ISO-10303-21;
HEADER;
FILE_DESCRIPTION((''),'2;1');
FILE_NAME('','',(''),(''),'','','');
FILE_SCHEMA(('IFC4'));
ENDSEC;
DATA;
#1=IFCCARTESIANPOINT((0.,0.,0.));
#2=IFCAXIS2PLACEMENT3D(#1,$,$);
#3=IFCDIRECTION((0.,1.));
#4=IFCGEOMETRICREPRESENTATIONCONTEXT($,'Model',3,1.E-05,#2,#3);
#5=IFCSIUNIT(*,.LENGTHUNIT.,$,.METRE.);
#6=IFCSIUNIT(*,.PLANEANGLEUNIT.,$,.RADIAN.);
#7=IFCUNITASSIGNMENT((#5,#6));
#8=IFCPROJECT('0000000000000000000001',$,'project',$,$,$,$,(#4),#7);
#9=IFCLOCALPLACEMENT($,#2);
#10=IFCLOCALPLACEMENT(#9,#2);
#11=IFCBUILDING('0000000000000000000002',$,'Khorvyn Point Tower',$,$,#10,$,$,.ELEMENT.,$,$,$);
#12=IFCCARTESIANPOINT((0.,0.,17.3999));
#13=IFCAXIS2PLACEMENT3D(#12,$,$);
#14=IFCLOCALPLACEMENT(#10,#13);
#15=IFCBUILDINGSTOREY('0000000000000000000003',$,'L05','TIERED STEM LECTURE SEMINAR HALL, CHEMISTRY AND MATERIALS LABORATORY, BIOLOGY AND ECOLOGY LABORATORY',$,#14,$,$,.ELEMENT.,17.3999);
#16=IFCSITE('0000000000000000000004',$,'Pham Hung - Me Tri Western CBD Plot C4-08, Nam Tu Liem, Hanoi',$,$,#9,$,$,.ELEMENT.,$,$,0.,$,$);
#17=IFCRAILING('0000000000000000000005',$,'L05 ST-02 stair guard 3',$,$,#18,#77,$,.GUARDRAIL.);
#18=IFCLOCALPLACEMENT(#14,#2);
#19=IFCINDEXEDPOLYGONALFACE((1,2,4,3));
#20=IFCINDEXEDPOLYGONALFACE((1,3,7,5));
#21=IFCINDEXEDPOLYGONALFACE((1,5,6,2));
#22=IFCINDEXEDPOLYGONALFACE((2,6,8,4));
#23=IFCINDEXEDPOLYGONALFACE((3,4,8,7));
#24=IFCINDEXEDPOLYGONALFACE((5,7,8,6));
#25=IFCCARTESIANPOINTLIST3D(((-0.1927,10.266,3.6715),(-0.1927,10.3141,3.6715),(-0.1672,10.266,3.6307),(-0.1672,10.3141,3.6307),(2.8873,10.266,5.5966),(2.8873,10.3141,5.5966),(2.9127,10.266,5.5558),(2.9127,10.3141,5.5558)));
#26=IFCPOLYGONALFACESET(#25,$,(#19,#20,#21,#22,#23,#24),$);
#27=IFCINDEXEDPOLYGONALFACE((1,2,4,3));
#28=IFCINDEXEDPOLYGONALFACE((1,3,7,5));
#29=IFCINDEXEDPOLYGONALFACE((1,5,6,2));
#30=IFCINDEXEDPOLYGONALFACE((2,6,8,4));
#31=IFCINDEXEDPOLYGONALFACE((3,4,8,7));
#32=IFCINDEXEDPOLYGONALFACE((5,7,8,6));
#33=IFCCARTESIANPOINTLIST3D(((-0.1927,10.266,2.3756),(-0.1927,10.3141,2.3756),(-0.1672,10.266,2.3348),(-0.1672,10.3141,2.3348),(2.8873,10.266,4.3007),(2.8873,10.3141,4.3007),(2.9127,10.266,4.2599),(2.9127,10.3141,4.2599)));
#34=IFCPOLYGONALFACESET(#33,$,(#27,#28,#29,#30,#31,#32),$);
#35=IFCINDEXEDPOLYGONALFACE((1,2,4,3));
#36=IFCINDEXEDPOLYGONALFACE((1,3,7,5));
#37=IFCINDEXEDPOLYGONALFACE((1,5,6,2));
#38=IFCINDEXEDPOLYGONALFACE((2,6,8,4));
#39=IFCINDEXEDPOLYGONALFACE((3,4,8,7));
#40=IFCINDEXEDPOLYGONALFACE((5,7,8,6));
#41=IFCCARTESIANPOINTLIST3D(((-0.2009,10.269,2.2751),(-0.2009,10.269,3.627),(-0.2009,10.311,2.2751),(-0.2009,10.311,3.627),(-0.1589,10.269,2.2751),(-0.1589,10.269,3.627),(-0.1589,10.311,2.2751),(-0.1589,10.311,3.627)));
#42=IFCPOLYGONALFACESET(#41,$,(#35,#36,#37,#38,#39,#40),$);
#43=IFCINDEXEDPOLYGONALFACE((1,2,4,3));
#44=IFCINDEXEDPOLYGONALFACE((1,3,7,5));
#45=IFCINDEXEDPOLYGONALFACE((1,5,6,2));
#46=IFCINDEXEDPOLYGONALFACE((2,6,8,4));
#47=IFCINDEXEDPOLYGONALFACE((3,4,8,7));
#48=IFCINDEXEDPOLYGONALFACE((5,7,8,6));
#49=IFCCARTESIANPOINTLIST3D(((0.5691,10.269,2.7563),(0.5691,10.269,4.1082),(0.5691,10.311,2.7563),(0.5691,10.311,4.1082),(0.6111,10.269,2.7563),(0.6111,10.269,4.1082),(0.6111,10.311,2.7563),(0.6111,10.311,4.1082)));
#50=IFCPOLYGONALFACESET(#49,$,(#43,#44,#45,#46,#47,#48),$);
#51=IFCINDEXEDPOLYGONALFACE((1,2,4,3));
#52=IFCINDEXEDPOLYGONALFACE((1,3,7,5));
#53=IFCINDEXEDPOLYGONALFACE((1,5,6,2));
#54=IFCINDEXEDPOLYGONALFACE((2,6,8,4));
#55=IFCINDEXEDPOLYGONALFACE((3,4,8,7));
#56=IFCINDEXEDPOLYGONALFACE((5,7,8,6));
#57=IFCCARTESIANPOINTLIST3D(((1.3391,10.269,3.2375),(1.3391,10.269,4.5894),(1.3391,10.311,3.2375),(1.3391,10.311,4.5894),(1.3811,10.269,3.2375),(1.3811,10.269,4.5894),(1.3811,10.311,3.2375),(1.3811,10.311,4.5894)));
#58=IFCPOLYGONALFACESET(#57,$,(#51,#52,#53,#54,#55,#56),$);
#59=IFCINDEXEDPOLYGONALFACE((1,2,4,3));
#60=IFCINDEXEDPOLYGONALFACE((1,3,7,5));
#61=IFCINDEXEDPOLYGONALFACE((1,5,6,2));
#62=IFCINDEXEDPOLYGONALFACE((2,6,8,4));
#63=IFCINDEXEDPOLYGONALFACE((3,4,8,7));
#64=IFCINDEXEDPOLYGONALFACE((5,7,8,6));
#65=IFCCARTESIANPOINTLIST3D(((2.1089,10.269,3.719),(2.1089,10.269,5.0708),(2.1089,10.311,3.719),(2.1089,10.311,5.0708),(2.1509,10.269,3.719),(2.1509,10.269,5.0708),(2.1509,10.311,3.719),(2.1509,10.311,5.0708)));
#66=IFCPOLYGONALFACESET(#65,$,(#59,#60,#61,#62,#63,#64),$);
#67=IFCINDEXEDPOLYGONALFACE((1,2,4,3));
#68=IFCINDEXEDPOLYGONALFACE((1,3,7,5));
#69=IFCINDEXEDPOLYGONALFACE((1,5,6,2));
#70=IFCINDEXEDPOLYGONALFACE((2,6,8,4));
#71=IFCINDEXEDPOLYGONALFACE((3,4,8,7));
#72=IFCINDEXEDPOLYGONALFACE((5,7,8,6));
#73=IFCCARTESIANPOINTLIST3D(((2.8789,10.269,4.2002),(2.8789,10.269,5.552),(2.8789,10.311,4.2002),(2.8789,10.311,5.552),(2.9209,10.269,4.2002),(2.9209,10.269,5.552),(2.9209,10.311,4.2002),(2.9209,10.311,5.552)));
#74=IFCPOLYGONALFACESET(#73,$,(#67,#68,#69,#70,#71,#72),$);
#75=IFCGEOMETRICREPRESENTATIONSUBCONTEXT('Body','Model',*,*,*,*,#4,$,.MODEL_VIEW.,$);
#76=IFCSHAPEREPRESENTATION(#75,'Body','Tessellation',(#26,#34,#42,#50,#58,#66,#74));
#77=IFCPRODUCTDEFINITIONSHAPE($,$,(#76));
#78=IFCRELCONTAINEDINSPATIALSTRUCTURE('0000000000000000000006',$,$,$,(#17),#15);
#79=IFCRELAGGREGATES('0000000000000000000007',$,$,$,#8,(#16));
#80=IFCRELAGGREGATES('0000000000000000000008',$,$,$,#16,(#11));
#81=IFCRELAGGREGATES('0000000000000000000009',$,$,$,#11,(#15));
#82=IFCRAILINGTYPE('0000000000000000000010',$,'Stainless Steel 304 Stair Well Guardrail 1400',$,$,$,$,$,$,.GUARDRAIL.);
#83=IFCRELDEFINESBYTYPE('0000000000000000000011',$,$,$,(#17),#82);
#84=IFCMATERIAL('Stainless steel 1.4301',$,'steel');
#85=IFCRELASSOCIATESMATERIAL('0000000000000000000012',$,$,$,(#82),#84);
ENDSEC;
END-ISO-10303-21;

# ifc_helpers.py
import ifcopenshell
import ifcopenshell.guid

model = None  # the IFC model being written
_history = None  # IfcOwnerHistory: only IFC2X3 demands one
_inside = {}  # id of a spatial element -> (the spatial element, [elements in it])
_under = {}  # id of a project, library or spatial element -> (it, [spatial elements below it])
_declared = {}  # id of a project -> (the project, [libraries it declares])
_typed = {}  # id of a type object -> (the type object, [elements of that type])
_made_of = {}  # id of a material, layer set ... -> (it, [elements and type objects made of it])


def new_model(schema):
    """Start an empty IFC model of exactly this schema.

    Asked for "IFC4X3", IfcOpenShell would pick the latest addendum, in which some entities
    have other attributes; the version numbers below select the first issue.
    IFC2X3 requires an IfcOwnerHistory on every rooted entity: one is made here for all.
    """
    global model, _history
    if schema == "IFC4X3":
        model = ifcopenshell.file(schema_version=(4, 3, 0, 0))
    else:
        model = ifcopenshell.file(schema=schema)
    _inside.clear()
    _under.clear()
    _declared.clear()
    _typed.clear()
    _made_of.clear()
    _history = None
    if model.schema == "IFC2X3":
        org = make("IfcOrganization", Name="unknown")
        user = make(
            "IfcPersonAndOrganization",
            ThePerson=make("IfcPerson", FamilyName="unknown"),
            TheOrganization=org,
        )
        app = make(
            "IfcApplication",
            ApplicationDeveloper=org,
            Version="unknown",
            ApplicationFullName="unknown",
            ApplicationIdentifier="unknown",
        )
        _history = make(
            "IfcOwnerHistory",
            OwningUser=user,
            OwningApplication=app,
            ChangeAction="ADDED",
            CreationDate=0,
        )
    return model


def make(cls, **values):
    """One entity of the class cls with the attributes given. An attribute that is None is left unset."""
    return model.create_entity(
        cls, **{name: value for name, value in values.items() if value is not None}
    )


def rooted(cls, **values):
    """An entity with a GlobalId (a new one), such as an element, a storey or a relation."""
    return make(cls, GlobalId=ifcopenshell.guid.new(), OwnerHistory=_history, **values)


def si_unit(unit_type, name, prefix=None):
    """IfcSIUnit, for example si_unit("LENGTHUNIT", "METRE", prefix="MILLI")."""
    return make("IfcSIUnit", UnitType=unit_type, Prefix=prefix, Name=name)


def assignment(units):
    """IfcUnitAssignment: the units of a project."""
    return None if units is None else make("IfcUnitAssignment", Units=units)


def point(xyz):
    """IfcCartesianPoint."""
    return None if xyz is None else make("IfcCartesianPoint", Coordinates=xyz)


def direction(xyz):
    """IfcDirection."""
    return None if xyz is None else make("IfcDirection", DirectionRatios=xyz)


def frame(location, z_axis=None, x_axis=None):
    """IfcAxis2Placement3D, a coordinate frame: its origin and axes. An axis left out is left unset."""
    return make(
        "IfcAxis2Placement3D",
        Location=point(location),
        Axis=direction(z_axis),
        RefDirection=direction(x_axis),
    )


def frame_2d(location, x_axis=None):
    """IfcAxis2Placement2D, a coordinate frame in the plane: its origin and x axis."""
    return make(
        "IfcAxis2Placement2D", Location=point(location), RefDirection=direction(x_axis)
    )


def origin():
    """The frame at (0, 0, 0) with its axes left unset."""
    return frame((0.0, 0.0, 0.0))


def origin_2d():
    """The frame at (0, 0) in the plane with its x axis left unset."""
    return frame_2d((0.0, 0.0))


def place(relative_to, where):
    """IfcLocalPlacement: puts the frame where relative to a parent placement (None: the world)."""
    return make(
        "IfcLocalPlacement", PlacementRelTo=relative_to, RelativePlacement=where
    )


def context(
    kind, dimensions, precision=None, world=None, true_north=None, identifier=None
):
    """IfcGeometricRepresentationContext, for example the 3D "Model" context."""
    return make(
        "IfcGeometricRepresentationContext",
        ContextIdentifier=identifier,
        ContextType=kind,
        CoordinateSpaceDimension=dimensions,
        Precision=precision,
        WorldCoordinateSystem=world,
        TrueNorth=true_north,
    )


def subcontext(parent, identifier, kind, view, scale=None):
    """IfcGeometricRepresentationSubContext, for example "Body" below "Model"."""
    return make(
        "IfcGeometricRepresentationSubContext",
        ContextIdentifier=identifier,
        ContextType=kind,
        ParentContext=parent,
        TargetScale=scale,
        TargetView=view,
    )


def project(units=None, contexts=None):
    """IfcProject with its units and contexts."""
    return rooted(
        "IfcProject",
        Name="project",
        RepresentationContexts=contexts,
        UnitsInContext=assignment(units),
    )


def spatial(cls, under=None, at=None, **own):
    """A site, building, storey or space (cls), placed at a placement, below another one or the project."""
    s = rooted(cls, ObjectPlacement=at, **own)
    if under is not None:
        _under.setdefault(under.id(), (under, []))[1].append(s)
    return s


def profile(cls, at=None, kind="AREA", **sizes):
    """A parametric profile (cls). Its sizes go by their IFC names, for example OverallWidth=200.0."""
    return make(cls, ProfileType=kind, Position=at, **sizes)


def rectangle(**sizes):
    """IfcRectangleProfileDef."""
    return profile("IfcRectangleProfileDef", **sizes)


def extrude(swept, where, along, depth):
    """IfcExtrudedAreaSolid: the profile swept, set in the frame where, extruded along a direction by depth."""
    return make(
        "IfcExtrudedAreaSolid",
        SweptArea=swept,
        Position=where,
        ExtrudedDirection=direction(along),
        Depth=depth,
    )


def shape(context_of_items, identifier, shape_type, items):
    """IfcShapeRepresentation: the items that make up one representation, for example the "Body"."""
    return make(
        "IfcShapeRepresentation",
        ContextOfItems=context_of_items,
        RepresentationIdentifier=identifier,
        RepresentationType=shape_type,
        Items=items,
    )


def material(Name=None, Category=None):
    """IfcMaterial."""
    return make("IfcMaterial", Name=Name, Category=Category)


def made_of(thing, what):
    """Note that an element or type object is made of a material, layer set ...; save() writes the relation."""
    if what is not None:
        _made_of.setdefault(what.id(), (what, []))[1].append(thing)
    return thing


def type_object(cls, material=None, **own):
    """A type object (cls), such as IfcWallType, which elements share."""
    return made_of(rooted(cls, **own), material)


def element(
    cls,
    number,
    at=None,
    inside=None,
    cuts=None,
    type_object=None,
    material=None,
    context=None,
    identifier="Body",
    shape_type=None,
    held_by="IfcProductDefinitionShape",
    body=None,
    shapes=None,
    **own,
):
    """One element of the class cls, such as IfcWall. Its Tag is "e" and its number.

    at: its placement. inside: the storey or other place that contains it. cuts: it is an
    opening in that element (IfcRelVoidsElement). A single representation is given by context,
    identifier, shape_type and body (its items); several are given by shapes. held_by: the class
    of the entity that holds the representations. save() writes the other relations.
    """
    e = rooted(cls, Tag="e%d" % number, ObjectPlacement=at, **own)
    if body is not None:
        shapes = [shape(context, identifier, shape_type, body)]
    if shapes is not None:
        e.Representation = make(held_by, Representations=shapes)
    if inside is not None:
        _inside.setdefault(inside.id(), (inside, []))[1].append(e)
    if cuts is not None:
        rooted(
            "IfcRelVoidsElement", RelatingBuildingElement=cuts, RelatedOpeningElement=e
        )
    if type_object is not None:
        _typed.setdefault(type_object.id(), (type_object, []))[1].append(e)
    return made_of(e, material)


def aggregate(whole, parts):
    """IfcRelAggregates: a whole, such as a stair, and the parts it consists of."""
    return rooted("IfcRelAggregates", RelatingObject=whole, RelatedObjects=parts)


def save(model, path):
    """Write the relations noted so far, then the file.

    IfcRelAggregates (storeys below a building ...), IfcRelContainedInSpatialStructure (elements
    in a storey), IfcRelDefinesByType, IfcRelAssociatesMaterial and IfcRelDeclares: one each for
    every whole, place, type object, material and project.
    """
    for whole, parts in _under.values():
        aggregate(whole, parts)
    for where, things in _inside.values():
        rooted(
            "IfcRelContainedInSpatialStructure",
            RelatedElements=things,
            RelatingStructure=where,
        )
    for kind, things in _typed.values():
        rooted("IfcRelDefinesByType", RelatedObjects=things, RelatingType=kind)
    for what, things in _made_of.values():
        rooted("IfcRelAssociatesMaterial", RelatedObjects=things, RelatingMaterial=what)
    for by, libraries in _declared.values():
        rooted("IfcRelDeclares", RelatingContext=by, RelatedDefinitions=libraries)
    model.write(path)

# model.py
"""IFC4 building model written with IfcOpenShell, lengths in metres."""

from ifc_helpers import new_model, si_unit, direction, frame, origin, origin_2d, place, context, subcontext, project, spatial, rectangle, extrude, material, type_object, element, save


model = new_model("IFC4")

# Units and contexts
model_context = context("Model", 3, precision=1e-05, world=origin(), true_north=direction((0.0, 1.0)))
body_context = subcontext(model_context, "Body", "Model", "MODEL_VIEW")
ifc_project = project(units=[si_unit("LENGTHUNIT", "METRE"), si_unit("PLANEANGLEUNIT", "RADIAN")], contexts=[model_context])

# Site, building, storey
site_placement = place(None, origin())
site = spatial("IfcSite", under=ifc_project, at=site_placement, Name="Pham Hung - Me Tri Western CBD Plot C4-08, Nam Tu Liem, Hanoi", CompositionType="ELEMENT", RefElevation=0.0)
building_placement = place(site_placement, origin())
building = spatial("IfcBuilding", under=site, at=building_placement, Name="Khorvyn Point Tower", CompositionType="ELEMENT")
storey_placement = place(building_placement, frame((0.0, 0.0, 17.3999)))
storey = spatial("IfcBuildingStorey", under=building, at=storey_placement, Name="L05", Description="TIERED STEM LECTURE SEMINAR HALL, CHEMISTRY AND MATERIALS LABORATORY, BIOLOGY AND ECOLOGY LABORATORY", CompositionType="ELEMENT", Elevation=17.3999)

# Shared definitions
ifc_material_1 = material(Name="Stainless steel 1.4301", Category="steel")

# Railing
railing_type_1 = type_object("IfcRailingType", Name="Stainless Steel 304 Stair Well Guardrail 1400", PredefinedType="GUARDRAIL", material=ifc_material_1)
railing_1_placement = place(storey_placement, frame((-0.1799, 10.29, 2.2751)))
element("IfcRailing", 1, at=railing_1_placement, inside=storey, type_object=railing_type_1, Name="L05 ST-02 stair guard 3", PredefinedType="GUARDRAIL", context=body_context, shape_type="SweptSolid", body=[
    extrude(rectangle(XDim=0.0481, YDim=0.0481, at=origin_2d()), frame((0.0, 0.0, 1.376), z_axis=(0.847979, 0.0, 0.530029), x_axis=(0.0, 1.0, 0.0)), (0.0, 0.0, 1.0), 3.6321),
    extrude(rectangle(XDim=0.0481, YDim=0.0481, at=origin_2d()), frame((0.0, 0.0, 0.0801), z_axis=(0.847979, 0.0, 0.530029), x_axis=(0.0, 1.0, 0.0)), (0.0, 0.0, 1.0), 3.6321),
    extrude(rectangle(XDim=0.042, YDim=0.042, at=origin_2d()), origin(), (0.0, 0.0, 1.0), 1.3518),
    extrude(rectangle(XDim=0.042, YDim=0.042, at=origin_2d()), frame((0.77, 0.0, 0.4812)), (0.0, 0.0, 1.0), 1.3518),
    extrude(rectangle(XDim=0.042, YDim=0.042, at=origin_2d()), frame((1.54, 0.0, 0.9624)), (0.0, 0.0, 1.0), 1.3518),
    extrude(rectangle(XDim=0.042, YDim=0.042, at=origin_2d()), frame((2.3098, 0.0, 1.4438)), (0.0, 0.0, 1.0), 1.3518),
    extrude(rectangle(XDim=0.042, YDim=0.042, at=origin_2d()), frame((3.0798, 0.0, 1.925)), (0.0, 0.0, 1.0), 1.3518),
])

save(model, "model.ifc")
